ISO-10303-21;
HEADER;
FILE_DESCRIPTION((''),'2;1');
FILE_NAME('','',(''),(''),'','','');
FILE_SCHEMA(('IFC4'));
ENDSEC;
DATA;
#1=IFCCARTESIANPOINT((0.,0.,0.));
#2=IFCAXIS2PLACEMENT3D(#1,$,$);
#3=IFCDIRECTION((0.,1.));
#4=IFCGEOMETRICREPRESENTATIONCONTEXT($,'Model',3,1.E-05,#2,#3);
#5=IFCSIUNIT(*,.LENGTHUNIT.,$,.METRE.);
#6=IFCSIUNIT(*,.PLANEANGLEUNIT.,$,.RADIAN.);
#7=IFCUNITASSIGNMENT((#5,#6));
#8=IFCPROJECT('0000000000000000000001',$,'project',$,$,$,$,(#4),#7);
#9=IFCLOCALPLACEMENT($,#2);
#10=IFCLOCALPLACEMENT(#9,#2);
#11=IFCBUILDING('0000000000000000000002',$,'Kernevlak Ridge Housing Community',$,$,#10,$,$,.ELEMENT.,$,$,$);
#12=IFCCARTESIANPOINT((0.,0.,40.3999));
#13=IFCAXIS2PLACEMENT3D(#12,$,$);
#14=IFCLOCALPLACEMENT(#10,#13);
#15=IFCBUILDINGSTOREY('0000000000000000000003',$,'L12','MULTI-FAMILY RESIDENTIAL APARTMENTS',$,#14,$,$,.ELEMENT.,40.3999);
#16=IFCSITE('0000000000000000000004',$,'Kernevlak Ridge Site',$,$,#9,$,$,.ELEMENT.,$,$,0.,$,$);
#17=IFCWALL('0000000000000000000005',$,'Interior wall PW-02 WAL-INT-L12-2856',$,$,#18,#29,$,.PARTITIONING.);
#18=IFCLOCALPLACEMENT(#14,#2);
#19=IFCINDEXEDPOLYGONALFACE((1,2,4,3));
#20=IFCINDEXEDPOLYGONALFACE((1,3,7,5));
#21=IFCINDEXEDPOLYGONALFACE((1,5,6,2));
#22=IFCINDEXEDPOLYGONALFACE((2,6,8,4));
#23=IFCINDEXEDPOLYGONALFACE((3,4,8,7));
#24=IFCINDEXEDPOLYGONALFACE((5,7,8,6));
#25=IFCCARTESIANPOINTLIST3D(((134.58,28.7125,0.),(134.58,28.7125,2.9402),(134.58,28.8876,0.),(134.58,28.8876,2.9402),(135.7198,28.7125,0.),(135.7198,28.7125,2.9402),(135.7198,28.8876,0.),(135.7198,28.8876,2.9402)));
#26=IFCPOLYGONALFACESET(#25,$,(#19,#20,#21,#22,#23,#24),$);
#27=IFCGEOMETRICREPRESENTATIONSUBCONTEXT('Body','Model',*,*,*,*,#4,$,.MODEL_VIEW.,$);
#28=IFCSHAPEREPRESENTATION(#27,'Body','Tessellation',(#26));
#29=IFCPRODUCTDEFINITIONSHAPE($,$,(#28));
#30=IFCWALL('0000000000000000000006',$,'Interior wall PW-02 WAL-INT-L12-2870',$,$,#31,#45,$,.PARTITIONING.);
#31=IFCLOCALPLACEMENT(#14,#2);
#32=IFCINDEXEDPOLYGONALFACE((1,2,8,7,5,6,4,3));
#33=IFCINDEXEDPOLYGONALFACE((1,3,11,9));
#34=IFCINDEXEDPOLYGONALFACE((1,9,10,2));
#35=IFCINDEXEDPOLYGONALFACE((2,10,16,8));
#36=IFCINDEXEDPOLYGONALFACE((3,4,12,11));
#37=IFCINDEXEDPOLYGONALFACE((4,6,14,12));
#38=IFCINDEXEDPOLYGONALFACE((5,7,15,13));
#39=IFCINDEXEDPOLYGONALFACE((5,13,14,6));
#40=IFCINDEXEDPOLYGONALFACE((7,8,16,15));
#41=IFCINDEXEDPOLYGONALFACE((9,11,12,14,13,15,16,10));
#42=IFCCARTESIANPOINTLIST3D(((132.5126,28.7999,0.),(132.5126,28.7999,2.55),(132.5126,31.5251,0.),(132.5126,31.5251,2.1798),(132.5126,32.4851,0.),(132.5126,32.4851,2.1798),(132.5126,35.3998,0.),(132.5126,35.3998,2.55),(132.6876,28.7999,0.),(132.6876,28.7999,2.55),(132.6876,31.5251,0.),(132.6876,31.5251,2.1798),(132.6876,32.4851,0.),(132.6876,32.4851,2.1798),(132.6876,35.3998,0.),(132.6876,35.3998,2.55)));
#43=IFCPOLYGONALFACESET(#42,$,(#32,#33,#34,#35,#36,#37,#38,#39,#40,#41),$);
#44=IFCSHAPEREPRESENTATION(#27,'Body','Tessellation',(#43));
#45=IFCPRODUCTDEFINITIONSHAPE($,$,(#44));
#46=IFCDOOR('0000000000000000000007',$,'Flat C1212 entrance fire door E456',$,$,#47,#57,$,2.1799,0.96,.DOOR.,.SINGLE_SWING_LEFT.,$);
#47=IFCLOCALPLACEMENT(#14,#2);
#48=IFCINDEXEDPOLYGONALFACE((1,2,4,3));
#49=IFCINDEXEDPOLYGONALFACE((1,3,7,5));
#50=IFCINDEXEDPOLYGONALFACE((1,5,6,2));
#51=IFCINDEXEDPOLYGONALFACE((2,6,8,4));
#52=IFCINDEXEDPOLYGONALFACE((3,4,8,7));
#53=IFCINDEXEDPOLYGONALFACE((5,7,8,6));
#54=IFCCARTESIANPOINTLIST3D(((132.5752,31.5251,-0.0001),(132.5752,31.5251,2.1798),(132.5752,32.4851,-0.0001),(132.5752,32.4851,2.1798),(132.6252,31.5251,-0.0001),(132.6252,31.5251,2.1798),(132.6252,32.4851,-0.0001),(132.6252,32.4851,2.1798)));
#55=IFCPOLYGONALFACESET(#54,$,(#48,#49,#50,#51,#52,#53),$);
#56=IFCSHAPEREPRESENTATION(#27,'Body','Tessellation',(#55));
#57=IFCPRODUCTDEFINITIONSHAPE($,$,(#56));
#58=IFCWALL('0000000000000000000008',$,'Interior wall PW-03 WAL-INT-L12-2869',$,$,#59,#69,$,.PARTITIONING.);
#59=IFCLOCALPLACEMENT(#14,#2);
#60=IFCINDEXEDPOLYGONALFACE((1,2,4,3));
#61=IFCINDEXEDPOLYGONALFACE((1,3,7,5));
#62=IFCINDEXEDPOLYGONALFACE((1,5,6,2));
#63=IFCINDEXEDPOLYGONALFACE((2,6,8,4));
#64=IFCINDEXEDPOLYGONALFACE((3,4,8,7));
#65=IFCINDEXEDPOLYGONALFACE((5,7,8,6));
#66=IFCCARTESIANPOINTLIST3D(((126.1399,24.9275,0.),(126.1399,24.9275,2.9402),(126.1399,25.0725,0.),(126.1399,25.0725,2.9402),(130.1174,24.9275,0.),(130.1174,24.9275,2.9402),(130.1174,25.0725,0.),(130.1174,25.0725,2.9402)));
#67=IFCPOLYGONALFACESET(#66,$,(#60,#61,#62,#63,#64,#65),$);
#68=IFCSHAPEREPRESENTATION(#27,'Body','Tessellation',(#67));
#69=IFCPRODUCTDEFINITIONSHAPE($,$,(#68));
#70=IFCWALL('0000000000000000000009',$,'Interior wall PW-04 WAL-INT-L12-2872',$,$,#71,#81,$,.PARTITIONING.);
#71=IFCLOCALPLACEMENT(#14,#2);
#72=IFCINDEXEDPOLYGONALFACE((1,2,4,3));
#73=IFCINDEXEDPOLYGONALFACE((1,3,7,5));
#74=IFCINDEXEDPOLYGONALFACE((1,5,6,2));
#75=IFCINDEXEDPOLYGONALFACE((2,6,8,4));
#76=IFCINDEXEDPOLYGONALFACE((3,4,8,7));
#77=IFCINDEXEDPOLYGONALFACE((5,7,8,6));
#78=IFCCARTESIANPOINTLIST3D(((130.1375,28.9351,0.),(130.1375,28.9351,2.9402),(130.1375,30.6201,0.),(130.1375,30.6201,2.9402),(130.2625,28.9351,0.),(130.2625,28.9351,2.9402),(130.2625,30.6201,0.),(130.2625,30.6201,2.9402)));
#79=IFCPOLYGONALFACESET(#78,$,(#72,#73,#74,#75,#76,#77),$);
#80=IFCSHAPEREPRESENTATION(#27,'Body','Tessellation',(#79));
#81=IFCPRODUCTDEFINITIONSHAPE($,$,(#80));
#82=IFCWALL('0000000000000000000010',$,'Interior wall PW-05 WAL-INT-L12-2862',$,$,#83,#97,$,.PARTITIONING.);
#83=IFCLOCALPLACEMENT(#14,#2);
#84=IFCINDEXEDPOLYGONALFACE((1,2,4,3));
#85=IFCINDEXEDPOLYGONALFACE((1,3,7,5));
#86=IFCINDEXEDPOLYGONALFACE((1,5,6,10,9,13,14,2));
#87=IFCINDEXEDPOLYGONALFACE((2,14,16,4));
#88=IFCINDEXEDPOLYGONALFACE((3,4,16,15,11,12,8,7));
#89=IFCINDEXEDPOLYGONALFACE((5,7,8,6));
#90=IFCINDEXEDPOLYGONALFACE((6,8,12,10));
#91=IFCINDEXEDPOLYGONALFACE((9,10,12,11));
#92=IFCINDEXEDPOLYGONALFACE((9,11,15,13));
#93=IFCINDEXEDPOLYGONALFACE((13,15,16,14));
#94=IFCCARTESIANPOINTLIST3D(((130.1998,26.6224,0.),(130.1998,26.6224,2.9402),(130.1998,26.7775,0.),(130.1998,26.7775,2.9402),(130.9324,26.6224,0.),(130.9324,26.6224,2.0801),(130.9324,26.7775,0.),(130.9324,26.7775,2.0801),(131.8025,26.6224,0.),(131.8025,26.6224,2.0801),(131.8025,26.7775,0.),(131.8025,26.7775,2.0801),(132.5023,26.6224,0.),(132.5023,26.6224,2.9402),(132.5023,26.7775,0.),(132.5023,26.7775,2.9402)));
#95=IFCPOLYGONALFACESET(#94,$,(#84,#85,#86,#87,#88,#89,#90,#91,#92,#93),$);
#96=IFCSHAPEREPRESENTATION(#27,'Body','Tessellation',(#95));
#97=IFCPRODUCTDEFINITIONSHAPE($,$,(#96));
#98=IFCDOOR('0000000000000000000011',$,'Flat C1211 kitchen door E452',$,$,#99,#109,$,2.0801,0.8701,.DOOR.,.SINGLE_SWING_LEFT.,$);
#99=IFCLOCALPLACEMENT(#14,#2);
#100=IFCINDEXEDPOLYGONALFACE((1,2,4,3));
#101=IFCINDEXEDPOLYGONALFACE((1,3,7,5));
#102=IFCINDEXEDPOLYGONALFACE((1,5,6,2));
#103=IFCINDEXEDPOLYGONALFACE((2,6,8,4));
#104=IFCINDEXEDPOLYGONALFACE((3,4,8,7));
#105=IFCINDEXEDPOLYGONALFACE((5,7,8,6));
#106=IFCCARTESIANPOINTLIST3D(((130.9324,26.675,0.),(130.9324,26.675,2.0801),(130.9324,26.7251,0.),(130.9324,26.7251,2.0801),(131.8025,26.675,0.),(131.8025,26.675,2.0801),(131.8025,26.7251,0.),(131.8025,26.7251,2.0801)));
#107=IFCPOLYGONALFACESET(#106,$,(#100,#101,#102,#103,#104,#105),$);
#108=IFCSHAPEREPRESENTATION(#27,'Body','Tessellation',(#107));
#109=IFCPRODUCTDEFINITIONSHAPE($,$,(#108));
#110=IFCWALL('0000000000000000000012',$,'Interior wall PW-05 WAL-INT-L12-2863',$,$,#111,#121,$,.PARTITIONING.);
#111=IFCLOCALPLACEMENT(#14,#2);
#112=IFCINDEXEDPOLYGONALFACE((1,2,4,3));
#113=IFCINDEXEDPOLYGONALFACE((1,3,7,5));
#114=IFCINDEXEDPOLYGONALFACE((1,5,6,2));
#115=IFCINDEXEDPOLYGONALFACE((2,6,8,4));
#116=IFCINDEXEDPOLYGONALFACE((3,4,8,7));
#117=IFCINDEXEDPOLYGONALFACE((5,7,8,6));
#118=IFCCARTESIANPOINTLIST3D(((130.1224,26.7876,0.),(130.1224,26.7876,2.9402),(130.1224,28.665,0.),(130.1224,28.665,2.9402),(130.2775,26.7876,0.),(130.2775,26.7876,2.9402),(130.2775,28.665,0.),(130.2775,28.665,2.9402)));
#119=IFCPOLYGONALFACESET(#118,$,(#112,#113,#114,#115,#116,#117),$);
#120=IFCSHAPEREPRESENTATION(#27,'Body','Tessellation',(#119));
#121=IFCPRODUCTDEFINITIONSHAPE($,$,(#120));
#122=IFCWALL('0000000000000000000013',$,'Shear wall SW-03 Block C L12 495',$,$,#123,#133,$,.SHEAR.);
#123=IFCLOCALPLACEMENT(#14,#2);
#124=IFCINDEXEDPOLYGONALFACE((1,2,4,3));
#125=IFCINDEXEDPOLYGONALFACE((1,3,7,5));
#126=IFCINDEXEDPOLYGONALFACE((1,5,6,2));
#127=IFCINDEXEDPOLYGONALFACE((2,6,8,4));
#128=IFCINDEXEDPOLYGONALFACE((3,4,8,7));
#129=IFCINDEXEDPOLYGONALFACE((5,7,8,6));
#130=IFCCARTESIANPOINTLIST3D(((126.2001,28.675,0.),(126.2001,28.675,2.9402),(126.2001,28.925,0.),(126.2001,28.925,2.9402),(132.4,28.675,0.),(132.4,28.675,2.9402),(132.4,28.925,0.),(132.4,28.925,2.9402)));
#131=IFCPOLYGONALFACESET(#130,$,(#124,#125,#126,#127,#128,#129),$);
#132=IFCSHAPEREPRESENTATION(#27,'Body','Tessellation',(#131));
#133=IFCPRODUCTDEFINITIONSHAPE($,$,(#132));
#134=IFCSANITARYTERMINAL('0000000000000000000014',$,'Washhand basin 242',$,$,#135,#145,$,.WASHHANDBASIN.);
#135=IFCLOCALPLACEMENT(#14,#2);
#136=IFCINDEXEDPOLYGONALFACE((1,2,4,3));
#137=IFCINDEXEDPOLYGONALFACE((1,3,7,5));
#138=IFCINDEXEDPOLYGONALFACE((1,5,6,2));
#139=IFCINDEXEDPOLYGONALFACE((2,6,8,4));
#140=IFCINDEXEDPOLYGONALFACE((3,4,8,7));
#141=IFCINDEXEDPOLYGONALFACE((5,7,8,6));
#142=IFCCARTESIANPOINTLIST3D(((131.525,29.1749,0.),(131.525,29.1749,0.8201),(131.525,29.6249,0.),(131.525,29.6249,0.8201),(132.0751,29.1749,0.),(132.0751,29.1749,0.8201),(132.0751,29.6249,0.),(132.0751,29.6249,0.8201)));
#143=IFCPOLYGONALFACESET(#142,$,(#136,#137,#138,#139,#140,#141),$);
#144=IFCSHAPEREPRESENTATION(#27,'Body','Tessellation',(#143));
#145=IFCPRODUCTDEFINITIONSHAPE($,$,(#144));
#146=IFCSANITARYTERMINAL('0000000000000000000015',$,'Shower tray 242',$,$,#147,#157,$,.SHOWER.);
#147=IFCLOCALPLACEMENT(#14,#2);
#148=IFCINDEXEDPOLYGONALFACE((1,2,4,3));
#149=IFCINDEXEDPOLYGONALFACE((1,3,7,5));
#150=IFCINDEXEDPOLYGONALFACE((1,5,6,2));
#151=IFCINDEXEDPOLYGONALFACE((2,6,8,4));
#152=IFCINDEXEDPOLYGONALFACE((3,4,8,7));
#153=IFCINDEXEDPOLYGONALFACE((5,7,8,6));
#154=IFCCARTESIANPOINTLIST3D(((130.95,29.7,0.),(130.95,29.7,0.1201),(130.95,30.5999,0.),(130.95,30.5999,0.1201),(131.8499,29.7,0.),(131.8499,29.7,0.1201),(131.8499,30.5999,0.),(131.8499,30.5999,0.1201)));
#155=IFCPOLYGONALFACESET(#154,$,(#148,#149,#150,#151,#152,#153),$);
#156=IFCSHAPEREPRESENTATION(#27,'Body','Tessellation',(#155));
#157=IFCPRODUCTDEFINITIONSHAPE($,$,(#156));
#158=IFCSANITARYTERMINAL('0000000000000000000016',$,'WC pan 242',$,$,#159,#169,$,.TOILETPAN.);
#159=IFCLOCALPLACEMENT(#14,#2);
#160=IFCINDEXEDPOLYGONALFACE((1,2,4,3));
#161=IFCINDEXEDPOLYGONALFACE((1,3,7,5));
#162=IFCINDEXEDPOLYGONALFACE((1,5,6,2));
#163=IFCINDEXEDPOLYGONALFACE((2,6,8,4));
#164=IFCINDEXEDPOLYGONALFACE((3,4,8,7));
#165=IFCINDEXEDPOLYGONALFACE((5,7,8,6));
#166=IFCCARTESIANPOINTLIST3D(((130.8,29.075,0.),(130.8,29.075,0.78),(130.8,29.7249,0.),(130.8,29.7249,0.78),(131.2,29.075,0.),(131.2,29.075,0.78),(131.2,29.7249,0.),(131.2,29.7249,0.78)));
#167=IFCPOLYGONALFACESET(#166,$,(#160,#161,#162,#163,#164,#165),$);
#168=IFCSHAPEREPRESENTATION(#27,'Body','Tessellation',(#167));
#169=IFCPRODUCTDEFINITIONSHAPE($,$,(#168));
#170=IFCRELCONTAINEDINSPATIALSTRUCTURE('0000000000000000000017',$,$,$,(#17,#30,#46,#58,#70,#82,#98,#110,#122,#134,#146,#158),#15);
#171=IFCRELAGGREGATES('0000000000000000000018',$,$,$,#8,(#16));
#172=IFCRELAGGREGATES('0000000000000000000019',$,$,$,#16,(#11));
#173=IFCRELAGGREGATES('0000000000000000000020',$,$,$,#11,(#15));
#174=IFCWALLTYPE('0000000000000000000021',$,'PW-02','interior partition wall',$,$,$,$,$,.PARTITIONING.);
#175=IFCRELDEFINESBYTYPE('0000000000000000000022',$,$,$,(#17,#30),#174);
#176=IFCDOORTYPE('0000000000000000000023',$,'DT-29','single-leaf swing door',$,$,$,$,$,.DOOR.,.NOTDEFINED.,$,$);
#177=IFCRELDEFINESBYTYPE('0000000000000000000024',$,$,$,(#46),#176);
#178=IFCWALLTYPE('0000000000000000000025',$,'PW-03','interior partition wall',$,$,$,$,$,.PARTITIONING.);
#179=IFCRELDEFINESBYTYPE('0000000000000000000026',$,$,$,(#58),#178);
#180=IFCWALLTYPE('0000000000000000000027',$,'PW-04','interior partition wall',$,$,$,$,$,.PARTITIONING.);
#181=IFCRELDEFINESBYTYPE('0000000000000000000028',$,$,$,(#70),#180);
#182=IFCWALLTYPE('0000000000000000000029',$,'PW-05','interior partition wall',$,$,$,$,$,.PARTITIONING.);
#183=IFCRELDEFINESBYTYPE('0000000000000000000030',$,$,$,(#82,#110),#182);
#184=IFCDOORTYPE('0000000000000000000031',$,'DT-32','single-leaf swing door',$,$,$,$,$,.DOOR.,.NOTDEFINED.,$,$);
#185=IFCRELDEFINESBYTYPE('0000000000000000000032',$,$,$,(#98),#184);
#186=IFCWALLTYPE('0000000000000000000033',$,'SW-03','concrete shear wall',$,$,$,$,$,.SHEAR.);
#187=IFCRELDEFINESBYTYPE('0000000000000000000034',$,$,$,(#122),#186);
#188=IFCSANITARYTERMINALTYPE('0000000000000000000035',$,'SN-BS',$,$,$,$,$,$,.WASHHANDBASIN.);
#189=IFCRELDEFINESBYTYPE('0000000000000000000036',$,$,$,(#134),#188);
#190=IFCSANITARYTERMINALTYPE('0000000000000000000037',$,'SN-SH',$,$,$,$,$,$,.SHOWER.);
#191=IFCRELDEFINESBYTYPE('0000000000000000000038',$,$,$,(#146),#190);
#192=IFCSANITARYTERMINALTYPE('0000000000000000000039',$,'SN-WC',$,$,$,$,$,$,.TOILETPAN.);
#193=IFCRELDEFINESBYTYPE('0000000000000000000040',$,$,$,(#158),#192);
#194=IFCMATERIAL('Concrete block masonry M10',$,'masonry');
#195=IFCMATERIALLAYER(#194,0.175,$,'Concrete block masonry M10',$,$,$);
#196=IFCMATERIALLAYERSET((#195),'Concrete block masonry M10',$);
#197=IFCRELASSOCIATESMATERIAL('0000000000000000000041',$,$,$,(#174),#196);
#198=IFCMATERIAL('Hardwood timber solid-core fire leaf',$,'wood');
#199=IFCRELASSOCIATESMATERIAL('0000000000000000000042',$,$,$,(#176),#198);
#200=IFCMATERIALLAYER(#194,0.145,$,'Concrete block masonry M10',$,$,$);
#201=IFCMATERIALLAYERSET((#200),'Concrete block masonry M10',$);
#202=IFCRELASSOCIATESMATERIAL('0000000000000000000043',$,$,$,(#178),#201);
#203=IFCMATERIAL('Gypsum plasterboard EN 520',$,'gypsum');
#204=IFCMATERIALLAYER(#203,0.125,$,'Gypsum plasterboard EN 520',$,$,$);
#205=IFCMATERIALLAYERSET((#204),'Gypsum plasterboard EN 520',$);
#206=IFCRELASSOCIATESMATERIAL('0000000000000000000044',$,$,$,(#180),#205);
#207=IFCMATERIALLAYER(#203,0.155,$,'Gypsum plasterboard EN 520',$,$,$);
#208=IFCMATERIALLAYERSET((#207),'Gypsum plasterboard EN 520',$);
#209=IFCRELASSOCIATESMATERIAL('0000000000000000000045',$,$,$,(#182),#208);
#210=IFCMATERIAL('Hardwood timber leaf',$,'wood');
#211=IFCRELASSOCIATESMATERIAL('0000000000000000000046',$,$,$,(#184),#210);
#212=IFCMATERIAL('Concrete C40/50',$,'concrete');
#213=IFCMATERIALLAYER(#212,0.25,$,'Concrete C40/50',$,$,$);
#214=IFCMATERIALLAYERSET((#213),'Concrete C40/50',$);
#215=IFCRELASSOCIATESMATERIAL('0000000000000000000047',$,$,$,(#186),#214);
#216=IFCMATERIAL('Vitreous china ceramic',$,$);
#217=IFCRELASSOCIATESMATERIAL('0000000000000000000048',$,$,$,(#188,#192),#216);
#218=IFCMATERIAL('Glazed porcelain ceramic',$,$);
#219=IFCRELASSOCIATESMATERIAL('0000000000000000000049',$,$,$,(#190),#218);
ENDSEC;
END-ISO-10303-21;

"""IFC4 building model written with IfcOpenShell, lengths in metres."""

from ifc_helpers import new_model, si_unit, direction, frame, frame_2d, origin, origin_2d, place, context, subcontext, project, spatial, rectangle, extrude, material, layer, layer_set, type_object, element, fill, save


model = new_model("IFC4")

# Units and contexts
model_context = context("Model", 3, precision=1e-05, world=origin(), true_north=direction((0.0, 1.0)))
body_context = subcontext(model_context, "Body", "Model", "MODEL_VIEW")
ifc_project = project(units=[si_unit("LENGTHUNIT", "METRE"), si_unit("PLANEANGLEUNIT", "RADIAN")], contexts=[model_context])

# Site, building, storey
site_placement = place(None, origin())
site = spatial("IfcSite", under=ifc_project, at=site_placement, Name="Kernevlak Ridge Site", CompositionType="ELEMENT", RefElevation=0.0)
building_placement = place(site_placement, origin())
building = spatial("IfcBuilding", under=site, at=building_placement, Name="Kernevlak Ridge Housing Community", CompositionType="ELEMENT")
storey_placement = place(building_placement, frame((0.0, 0.0, 40.3999)))
storey = spatial("IfcBuildingStorey", under=building, at=storey_placement, Name="L12", Description="MULTI-FAMILY RESIDENTIAL APARTMENTS", CompositionType="ELEMENT", Elevation=40.3999)

# Shared definitions
ifc_material_1 = material(Name="Concrete block masonry M10", Category="masonry")

# Shared definitions
ifc_layer_1 = layer(ifc_material_1, 0.175, Name="Concrete block masonry M10")
ifc_layer_set_1 = layer_set([ifc_layer_1], Name="Concrete block masonry M10")
wall_type_1 = type_object("IfcWallType", Name="PW-02", Description="interior partition wall", PredefinedType="PARTITIONING", material=ifc_layer_set_1)

# Wall
wall_1_placement = place(storey_placement, frame((134.5801, 28.8, 0.0), z_axis=(0.0, 0.0, 1.0), x_axis=(1.0, 0.0, 0.0)))
element("IfcWall", 1, at=wall_1_placement, inside=storey, type_object=wall_type_1, Name="Interior wall PW-02 WAL-INT-L12-2856", PredefinedType="PARTITIONING", context=body_context, shape_type="SweptSolid", body=[
    extrude(rectangle(XDim=1.1399, YDim=0.175, at=frame_2d((0.5698, 0.0))), origin(), (0.0, 0.0, 1.0), 2.9402),
])

# Wall, opening, door
wall_2_placement = place(storey_placement, frame((132.6001, 28.8, 0.0), z_axis=(0.0, 0.0, 1.0), x_axis=(0.0, 1.0, 0.0)))
wall_2 = element("IfcWall", 2, at=wall_2_placement, inside=storey, type_object=wall_type_1, Name="Interior wall PW-02 WAL-INT-L12-2870", PredefinedType="PARTITIONING", context=body_context, shape_type="SweptSolid", body=[
    extrude(rectangle(XDim=6.5999, YDim=0.175, at=frame_2d((3.2998, 0.0))), origin(), (0.0, 0.0, 1.0), 2.55),
])
opening_1_placement = place(wall_2_placement, frame((2.7251, 0.0, 0.0)))
opening_1 = element("IfcOpeningElement", 3, at=opening_1_placement, cuts=wall_2, PredefinedType="OPENING", context=body_context, shape_type="SweptSolid", body=[
    extrude(rectangle(XDim=0.96, YDim=2.1799, at=frame_2d((0.48, 1.0898))), frame((0.0, 0.0974, 0.0), z_axis=(0.0, -1.0, 0.0), x_axis=(1.0, 0.0, 0.0)), (0.0, 0.0, 1.0), 0.1951),
])
ifc_material_2 = material(Name="Hardwood timber solid-core fire leaf", Category="wood")
door_type_1 = type_object("IfcDoorType", Name="DT-29", Description="single-leaf swing door", OperationType="NOTDEFINED", PredefinedType="DOOR", material=ifc_material_2)
door_1_placement = place(opening_1_placement, origin())
door_1 = element("IfcDoor", 4, at=door_1_placement, inside=storey, type_object=door_type_1, Name="Flat C1212 entrance fire door E456", OperationType="SINGLE_SWING_LEFT", OverallHeight=2.1799, OverallWidth=0.96, PredefinedType="DOOR", context=body_context, shape_type="SweptSolid", body=[
    extrude(rectangle(XDim=0.96, YDim=2.1799, at=frame_2d((0.48, 1.0898))), frame((0.0, 0.0249, 0.0), z_axis=(0.0, -1.0, 0.0), x_axis=(1.0, 0.0, 0.0)), (0.0, 0.0, 1.0), 0.05),
])
fill(opening_1, door_1)

# Walls
ifc_layer_2 = layer(ifc_material_1, 0.145, Name="Concrete block masonry M10")
ifc_layer_set_2 = layer_set([ifc_layer_2], Name="Concrete block masonry M10")
wall_type_2 = type_object("IfcWallType", Name="PW-03", Description="interior partition wall", PredefinedType="PARTITIONING", material=ifc_layer_set_2)
wall_3_placement = place(storey_placement, frame((130.1174, 25.0, 0.0), z_axis=(0.0, 0.0, 1.0), x_axis=(-1.0, 0.0, 0.0)))
element("IfcWall", 5, at=wall_3_placement, inside=storey, type_object=wall_type_2, Name="Interior wall PW-03 WAL-INT-L12-2869", PredefinedType="PARTITIONING", context=body_context, shape_type="SweptSolid", body=[
    extrude(rectangle(XDim=3.9775, YDim=0.145, at=frame_2d((1.9888, 0.0))), origin(), (0.0, 0.0, 1.0), 2.9402),
])
ifc_material_3 = material(Name="Gypsum plasterboard EN 520", Category="gypsum")
ifc_layer_3 = layer(ifc_material_3, 0.125, Name="Gypsum plasterboard EN 520")
ifc_layer_set_3 = layer_set([ifc_layer_3], Name="Gypsum plasterboard EN 520")
wall_type_3 = type_object("IfcWallType", Name="PW-04", Description="interior partition wall", PredefinedType="PARTITIONING", material=ifc_layer_set_3)
wall_4_placement = place(storey_placement, frame((130.2, 28.9351, 0.0), z_axis=(0.0, 0.0, 1.0), x_axis=(0.0, 1.0, 0.0)))
element("IfcWall", 6, at=wall_4_placement, inside=storey, type_object=wall_type_3, Name="Interior wall PW-04 WAL-INT-L12-2872", PredefinedType="PARTITIONING", context=body_context, shape_type="SweptSolid", body=[
    extrude(rectangle(XDim=1.6851, YDim=0.125, at=frame_2d((0.8425, 0.0))), origin(), (0.0, 0.0, 1.0), 2.9402),
])

# Wall, opening, door
ifc_layer_4 = layer(ifc_material_3, 0.155, Name="Gypsum plasterboard EN 520")
ifc_layer_set_4 = layer_set([ifc_layer_4], Name="Gypsum plasterboard EN 520")
wall_type_4 = type_object("IfcWallType", Name="PW-05", Description="interior partition wall", PredefinedType="PARTITIONING", material=ifc_layer_set_4)
wall_5_placement = place(storey_placement, frame((132.5024, 26.7, 0.0), z_axis=(0.0, 0.0, 1.0), x_axis=(-1.0, 0.0, 0.0)))
wall_5 = element("IfcWall", 7, at=wall_5_placement, inside=storey, type_object=wall_type_4, Name="Interior wall PW-05 WAL-INT-L12-2862", PredefinedType="PARTITIONING", context=body_context, shape_type="SweptSolid", body=[
    extrude(rectangle(XDim=2.3025, YDim=0.155, at=frame_2d((1.1514, 0.0))), origin(), (0.0, 0.0, 1.0), 2.9402),
])
opening_2_placement = place(wall_5_placement, frame((0.7, 0.0, 0.0)))
opening_2 = element("IfcOpeningElement", 8, at=opening_2_placement, cuts=wall_5, PredefinedType="OPENING", context=body_context, shape_type="SweptSolid", body=[
    extrude(rectangle(XDim=0.8701, YDim=2.0801, at=frame_2d((0.4351, 1.04))), frame((0.0, 0.0874, 0.0), z_axis=(0.0, -1.0, 0.0), x_axis=(1.0, 0.0, 0.0)), (0.0, 0.0, 1.0), 0.175),
])
ifc_material_4 = material(Name="Hardwood timber leaf", Category="wood")
door_type_2 = type_object("IfcDoorType", Name="DT-32", Description="single-leaf swing door", OperationType="NOTDEFINED", PredefinedType="DOOR", material=ifc_material_4)
door_2_placement = place(opening_2_placement, origin())
door_2 = element("IfcDoor", 9, at=door_2_placement, inside=storey, type_object=door_type_2, Name="Flat C1211 kitchen door E452", OperationType="SINGLE_SWING_LEFT", OverallHeight=2.0801, OverallWidth=0.8701, PredefinedType="DOOR", context=body_context, shape_type="SweptSolid", body=[
    extrude(rectangle(XDim=0.8701, YDim=2.0801, at=frame_2d((0.4351, 1.04))), frame((0.0, 0.0249, 0.0), z_axis=(0.0, -1.0, 0.0), x_axis=(1.0, 0.0, 0.0)), (0.0, 0.0, 1.0), 0.05),
])
fill(opening_2, door_2)

# Walls
wall_6_placement = place(storey_placement, frame((130.2, 26.7876, 0.0), z_axis=(0.0, 0.0, 1.0), x_axis=(0.0, 1.0, 0.0)))
element("IfcWall", 10, at=wall_6_placement, inside=storey, type_object=wall_type_4, Name="Interior wall PW-05 WAL-INT-L12-2863", PredefinedType="PARTITIONING", context=body_context, shape_type="SweptSolid", body=[
    extrude(rectangle(XDim=1.8774, YDim=0.155, at=frame_2d((0.9387, 0.0))), origin(), (0.0, 0.0, 1.0), 2.9402),
])
ifc_material_5 = material(Name="Concrete C40/50", Category="concrete")
ifc_layer_5 = layer(ifc_material_5, 0.25, Name="Concrete C40/50")
ifc_layer_set_5 = layer_set([ifc_layer_5], Name="Concrete C40/50")
wall_type_5 = type_object("IfcWallType", Name="SW-03", Description="concrete shear wall", PredefinedType="SHEAR", material=ifc_layer_set_5)
wall_7_placement = place(storey_placement, frame((126.2, 28.8, 0.0), z_axis=(0.0, 0.0, 1.0), x_axis=(1.0, 0.0, 0.0)))
element("IfcWall", 11, at=wall_7_placement, inside=storey, type_object=wall_type_5, Name="Shear wall SW-03 Block C L12 495", PredefinedType="SHEAR", context=body_context, shape_type="SweptSolid", body=[
    extrude(rectangle(XDim=6.2, YDim=0.25, at=frame_2d((3.1001, 0.0))), origin(), (0.0, 0.0, 1.0), 2.9402),
])

# Sanitary terminals
ifc_material_6 = material(Name="Vitreous china ceramic")
sanitary_terminal_type_1 = type_object("IfcSanitaryTerminalType", Name="SN-BS", PredefinedType="WASHHANDBASIN", material=ifc_material_6)
sanitary_terminal_1_placement = place(storey_placement, frame((131.8, 29.3999, 0.0), z_axis=(0.0, 0.0, 1.0), x_axis=(1.0, 0.0, 0.0)))
element("IfcSanitaryTerminal", 12, at=sanitary_terminal_1_placement, inside=storey, type_object=sanitary_terminal_type_1, Name="Washhand basin 242", PredefinedType="WASHHANDBASIN", context=body_context, shape_type="SweptSolid", body=[
    extrude(rectangle(XDim=0.55, YDim=0.45, at=origin_2d()), origin(), (0.0, 0.0, 1.0), 0.8201),
])
ifc_material_7 = material(Name="Glazed porcelain ceramic")
sanitary_terminal_type_2 = type_object("IfcSanitaryTerminalType", Name="SN-SH", PredefinedType="SHOWER", material=ifc_material_7)
sanitary_terminal_2_placement = place(storey_placement, frame((131.3999, 30.1499, 0.0), z_axis=(0.0, 0.0, 1.0), x_axis=(1.0, 0.0, 0.0)))
element("IfcSanitaryTerminal", 13, at=sanitary_terminal_2_placement, inside=storey, type_object=sanitary_terminal_type_2, Name="Shower tray 242", PredefinedType="SHOWER", context=body_context, shape_type="SweptSolid", body=[
    extrude(rectangle(XDim=0.8999, YDim=0.8999, at=origin_2d()), origin(), (0.0, 0.0, 1.0), 0.1201),
])
sanitary_terminal_type_3 = type_object("IfcSanitaryTerminalType", Name="SN-WC", PredefinedType="TOILETPAN", material=ifc_material_6)
sanitary_terminal_3_placement = place(storey_placement, frame((131.0, 29.3999, 0.0), z_axis=(0.0, 0.0, 1.0), x_axis=(1.0, 0.0, 0.0)))
element("IfcSanitaryTerminal", 14, at=sanitary_terminal_3_placement, inside=storey, type_object=sanitary_terminal_type_3, Name="WC pan 242", PredefinedType="TOILETPAN", context=body_context, shape_type="SweptSolid", body=[
    extrude(rectangle(XDim=0.3999, YDim=0.6499, at=origin_2d()), origin(), (0.0, 0.0, 1.0), 0.78),
])

save(model, "model.ifc")
